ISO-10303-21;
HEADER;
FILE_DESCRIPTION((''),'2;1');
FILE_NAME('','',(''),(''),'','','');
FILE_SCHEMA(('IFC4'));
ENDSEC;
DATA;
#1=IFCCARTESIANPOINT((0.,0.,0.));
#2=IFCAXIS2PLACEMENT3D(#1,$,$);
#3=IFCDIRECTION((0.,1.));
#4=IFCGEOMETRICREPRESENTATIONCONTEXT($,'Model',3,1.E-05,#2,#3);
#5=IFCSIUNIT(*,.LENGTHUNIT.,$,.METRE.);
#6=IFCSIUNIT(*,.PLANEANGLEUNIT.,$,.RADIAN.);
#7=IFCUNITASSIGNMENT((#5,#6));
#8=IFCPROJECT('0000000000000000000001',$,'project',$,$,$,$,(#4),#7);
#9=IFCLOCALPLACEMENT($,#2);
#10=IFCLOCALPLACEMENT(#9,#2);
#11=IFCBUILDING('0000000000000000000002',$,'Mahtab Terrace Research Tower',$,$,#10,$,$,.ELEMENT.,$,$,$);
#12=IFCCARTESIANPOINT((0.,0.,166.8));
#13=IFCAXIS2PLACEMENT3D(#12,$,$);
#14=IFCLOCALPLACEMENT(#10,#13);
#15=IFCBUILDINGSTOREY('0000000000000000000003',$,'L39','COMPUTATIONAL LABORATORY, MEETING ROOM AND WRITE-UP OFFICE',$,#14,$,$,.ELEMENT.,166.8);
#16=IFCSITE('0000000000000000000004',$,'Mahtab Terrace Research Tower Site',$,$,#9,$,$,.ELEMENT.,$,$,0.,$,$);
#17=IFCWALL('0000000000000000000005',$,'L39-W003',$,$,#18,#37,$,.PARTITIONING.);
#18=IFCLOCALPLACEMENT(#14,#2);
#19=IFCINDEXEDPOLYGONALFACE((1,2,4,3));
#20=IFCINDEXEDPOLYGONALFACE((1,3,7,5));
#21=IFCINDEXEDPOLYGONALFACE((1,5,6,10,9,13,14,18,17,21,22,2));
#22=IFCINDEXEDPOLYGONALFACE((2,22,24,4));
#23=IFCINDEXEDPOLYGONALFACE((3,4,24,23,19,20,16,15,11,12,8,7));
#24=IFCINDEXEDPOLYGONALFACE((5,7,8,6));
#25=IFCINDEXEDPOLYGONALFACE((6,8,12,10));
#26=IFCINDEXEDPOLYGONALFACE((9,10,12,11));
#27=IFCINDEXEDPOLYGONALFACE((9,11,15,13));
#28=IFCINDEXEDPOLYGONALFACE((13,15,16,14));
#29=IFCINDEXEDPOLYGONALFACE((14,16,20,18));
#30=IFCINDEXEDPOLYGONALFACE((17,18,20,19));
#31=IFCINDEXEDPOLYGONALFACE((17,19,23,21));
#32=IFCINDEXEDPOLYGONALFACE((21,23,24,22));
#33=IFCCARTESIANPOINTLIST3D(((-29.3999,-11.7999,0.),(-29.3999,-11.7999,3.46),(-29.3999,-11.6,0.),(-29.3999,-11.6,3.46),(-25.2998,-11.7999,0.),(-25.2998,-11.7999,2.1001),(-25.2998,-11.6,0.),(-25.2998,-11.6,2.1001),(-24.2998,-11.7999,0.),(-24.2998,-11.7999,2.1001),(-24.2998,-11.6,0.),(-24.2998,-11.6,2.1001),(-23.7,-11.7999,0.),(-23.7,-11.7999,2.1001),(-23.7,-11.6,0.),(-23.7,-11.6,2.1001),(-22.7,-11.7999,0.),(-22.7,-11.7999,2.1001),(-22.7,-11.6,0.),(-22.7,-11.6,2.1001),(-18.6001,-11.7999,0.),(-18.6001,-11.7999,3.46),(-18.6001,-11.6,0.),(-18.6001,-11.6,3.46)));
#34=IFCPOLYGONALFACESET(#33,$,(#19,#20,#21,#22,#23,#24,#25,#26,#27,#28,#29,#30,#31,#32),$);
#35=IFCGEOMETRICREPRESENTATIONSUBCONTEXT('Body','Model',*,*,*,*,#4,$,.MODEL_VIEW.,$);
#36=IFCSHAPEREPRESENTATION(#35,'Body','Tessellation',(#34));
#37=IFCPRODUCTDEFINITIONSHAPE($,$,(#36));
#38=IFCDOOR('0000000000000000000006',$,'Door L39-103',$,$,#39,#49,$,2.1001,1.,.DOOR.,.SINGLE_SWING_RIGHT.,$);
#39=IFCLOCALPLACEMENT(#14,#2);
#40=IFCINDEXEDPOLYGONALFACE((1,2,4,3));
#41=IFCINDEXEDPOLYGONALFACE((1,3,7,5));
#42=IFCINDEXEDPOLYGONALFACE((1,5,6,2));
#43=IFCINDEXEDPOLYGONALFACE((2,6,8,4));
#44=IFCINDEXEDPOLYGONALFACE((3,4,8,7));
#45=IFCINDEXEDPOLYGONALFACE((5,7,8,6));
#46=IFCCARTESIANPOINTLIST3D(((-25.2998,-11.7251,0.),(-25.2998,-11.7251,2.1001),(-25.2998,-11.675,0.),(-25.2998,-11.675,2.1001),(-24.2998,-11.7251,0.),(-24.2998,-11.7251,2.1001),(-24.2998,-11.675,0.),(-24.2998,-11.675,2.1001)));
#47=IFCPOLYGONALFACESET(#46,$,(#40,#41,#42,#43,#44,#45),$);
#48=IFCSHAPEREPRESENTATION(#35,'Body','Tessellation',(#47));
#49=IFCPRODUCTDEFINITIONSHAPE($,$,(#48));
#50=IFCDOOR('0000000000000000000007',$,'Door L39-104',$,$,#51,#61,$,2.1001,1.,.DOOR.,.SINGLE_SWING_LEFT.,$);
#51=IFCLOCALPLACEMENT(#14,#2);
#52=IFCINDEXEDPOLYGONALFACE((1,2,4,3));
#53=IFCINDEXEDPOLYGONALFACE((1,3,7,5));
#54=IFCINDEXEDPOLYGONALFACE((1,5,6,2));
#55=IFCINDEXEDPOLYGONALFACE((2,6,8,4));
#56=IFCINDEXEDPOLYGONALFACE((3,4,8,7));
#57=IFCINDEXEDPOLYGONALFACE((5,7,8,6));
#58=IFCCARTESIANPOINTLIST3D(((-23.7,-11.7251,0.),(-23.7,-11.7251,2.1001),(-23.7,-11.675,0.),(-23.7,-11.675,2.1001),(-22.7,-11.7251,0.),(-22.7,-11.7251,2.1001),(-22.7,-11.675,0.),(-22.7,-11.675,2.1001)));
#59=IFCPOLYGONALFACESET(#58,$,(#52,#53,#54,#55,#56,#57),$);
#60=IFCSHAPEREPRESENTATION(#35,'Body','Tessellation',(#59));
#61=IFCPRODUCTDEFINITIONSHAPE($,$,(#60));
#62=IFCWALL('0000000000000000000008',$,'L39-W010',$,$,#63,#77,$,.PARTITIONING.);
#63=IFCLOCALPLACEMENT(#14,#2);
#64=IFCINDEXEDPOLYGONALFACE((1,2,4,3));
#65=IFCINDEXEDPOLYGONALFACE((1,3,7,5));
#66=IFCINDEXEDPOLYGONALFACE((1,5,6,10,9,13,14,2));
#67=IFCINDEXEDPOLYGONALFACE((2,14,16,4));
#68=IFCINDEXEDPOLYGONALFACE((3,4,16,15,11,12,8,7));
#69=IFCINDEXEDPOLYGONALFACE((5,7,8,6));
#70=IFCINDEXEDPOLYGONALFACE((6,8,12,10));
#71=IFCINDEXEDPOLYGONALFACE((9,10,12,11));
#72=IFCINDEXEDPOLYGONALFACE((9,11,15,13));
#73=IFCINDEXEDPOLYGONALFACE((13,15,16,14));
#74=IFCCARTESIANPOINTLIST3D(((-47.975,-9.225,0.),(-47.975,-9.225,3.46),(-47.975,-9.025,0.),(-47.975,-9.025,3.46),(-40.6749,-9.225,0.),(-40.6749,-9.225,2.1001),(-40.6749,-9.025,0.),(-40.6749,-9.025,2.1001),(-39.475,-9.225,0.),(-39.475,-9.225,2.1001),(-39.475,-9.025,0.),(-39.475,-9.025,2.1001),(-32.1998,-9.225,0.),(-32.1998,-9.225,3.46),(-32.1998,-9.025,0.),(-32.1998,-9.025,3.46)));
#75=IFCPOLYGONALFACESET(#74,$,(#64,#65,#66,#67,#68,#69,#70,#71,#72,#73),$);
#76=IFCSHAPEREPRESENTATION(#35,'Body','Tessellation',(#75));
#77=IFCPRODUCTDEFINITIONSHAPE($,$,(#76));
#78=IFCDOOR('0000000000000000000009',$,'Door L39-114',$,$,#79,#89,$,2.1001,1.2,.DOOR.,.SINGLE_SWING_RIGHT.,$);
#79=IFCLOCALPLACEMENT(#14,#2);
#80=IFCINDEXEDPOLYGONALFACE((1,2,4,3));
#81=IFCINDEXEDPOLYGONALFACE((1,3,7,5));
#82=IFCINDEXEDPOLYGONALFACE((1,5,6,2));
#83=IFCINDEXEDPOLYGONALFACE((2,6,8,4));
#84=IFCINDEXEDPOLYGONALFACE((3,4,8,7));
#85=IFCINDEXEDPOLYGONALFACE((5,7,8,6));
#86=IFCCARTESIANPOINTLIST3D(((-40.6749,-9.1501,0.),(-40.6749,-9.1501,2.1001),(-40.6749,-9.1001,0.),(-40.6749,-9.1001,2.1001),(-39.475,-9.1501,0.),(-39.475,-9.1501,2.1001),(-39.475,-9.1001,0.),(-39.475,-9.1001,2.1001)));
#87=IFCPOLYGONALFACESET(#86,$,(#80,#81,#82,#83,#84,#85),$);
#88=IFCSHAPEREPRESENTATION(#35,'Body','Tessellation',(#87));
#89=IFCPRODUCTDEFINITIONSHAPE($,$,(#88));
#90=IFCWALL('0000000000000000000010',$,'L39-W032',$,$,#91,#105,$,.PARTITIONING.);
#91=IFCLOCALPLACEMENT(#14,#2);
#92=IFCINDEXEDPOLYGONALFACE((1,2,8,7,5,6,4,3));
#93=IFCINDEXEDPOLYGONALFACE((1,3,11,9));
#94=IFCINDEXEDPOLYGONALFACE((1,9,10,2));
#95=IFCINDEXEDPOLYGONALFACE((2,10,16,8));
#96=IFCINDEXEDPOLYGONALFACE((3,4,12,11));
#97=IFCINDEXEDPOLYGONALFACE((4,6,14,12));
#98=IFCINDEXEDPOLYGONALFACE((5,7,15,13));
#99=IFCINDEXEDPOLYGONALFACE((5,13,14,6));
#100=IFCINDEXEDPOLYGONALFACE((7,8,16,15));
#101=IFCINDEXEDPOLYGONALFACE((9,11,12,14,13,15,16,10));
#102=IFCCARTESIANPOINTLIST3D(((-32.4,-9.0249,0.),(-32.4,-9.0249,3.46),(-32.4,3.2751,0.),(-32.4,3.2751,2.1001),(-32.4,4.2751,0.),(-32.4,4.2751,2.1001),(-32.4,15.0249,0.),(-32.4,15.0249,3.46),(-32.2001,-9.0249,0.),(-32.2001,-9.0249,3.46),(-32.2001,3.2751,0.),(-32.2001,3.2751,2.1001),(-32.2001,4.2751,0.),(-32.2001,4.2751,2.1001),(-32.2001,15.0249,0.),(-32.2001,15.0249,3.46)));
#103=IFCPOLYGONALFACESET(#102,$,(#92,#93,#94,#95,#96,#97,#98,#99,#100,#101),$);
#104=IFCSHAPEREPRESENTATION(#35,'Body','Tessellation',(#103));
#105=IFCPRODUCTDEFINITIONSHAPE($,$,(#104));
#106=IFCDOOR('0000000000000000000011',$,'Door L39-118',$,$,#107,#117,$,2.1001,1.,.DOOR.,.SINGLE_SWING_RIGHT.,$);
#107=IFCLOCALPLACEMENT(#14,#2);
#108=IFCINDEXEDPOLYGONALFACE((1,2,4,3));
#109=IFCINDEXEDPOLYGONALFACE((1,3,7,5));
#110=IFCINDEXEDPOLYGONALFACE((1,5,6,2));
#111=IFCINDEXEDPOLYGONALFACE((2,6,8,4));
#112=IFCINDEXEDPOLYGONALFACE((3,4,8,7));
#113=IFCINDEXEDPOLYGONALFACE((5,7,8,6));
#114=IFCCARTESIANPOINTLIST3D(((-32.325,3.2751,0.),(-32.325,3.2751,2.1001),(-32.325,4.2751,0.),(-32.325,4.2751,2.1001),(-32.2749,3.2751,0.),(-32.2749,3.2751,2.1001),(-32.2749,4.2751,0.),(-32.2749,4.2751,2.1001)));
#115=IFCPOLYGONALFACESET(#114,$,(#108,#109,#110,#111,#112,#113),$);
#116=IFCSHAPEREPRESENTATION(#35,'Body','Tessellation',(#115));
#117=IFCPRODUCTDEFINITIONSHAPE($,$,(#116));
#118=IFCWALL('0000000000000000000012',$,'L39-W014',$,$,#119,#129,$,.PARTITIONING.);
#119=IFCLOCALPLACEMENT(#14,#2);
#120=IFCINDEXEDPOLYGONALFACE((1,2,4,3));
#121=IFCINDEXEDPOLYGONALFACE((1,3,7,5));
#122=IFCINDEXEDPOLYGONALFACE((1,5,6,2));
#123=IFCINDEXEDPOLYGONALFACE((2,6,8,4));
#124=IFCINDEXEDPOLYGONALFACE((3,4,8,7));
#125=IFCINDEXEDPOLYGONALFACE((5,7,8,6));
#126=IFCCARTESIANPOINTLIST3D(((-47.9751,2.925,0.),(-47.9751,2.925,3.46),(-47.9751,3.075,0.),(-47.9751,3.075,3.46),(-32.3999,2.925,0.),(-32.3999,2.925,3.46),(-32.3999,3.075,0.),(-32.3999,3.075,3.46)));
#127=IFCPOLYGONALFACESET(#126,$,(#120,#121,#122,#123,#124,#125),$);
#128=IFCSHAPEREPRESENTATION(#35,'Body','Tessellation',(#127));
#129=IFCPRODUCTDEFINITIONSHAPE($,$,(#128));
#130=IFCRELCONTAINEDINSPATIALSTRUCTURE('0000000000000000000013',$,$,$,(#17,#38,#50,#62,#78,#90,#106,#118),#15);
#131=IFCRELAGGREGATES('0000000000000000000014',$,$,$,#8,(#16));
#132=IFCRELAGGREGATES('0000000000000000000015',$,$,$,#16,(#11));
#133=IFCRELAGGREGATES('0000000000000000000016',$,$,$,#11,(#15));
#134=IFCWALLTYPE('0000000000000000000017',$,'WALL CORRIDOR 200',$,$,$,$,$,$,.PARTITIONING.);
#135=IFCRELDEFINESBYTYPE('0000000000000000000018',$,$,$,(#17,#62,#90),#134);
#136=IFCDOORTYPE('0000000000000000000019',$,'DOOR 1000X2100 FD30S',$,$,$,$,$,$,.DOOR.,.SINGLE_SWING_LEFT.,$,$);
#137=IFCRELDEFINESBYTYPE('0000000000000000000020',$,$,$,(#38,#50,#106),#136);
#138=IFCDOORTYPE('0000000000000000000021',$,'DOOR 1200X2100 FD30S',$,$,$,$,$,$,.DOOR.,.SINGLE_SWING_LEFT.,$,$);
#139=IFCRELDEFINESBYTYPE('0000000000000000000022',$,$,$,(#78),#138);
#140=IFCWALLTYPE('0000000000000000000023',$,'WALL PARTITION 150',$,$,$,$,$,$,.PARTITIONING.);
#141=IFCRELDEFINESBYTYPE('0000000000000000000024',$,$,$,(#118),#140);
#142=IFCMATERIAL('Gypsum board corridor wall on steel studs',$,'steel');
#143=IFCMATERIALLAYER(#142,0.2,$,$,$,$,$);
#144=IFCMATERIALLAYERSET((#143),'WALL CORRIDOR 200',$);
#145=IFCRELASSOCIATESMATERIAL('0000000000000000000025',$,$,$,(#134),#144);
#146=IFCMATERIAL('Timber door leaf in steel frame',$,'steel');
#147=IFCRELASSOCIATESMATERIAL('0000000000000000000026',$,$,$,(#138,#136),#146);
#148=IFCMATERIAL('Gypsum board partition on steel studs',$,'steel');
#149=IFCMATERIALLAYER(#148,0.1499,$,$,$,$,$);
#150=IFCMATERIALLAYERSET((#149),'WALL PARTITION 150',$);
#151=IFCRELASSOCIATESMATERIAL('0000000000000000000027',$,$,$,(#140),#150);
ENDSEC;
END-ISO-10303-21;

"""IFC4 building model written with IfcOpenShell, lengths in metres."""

from ifc_helpers import new_model, si_unit, direction, frame, frame_2d, origin, place, context, subcontext, project, spatial, rectangle, extrude, material, layer, layer_set, type_object, element, fill, save


model = new_model("IFC4")

# Units and contexts
model_context = context("Model", 3, precision=1e-05, world=origin(), true_north=direction((0.0, 1.0)))
body_context = subcontext(model_context, "Body", "Model", "MODEL_VIEW")
ifc_project = project(units=[si_unit("LENGTHUNIT", "METRE"), si_unit("PLANEANGLEUNIT", "RADIAN")], contexts=[model_context])

# Site, building, storey
site_placement = place(None, origin())
site = spatial("IfcSite", under=ifc_project, at=site_placement, Name="Mahtab Terrace Research Tower Site", CompositionType="ELEMENT", RefElevation=0.0)
building_placement = place(site_placement, origin())
building = spatial("IfcBuilding", under=site, at=building_placement, Name="Mahtab Terrace Research Tower", CompositionType="ELEMENT")
storey_placement = place(building_placement, frame((0.0, 0.0, 166.8)))
storey = spatial("IfcBuildingStorey", under=building, at=storey_placement, Name="L39", Description="COMPUTATIONAL LABORATORY, MEETING ROOM AND WRITE-UP OFFICE", CompositionType="ELEMENT", Elevation=166.8)

# Shared definitions
ifc_material_1 = material(Name="Gypsum board corridor wall on steel studs", Category="steel")
ifc_layer_1 = layer(ifc_material_1, 0.2)
ifc_layer_set_1 = layer_set([ifc_layer_1], Name="WALL CORRIDOR 200")
wall_type_1 = type_object("IfcWallType", Name="WALL CORRIDOR 200", PredefinedType="PARTITIONING", material=ifc_layer_set_1)
ifc_material_2 = material(Name="Timber door leaf in steel frame", Category="steel")
door_type_1 = type_object("IfcDoorType", Name="DOOR 1200X2100 FD30S", OperationType="SINGLE_SWING_LEFT", PredefinedType="DOOR", material=ifc_material_2)
door_type_2 = type_object("IfcDoorType", Name="DOOR 1000X2100 FD30S", OperationType="SINGLE_SWING_LEFT", PredefinedType="DOOR", material=ifc_material_2)

# Wall, openings, doors
wall_1_placement = place(storey_placement, frame((-29.3999, -11.7, 0.0), z_axis=(0.0, 0.0, 1.0), x_axis=(1.0, 0.0, 0.0)))
wall_1 = element("IfcWall", 1, at=wall_1_placement, inside=storey, type_object=wall_type_1, Name="L39-W003", PredefinedType="PARTITIONING", context=body_context, shape_type="SweptSolid", body=[
    extrude(rectangle(XDim=10.7998, YDim=0.2, at=frame_2d((5.3999, 0.0))), origin(), (0.0, 0.0, 1.0), 3.46),
])
opening_1_placement = place(wall_1_placement, frame((4.1001, 0.0, 0.0)))
opening_1 = element("IfcOpeningElement", 2, at=opening_1_placement, cuts=wall_1, PredefinedType="OPENING", context=body_context, shape_type="SweptSolid", body=[
    extrude(rectangle(XDim=1.0, YDim=2.1001, at=frame_2d((0.5, 1.05))), frame((0.0, 0.1099, 0.0), z_axis=(0.0, -1.0, 0.0), x_axis=(1.0, 0.0, 0.0)), (0.0, 0.0, 1.0), 0.22),
])
opening_2_placement = place(wall_1_placement, frame((5.7, 0.0, 0.0)))
opening_2 = element("IfcOpeningElement", 3, at=opening_2_placement, cuts=wall_1, PredefinedType="OPENING", context=body_context, shape_type="SweptSolid", body=[
    extrude(rectangle(XDim=1.0, YDim=2.1001, at=frame_2d((0.5, 1.05))), frame((0.0, 0.1099, 0.0), z_axis=(0.0, -1.0, 0.0), x_axis=(1.0, 0.0, 0.0)), (0.0, 0.0, 1.0), 0.22),
])
door_1_placement = place(opening_1_placement, origin())
door_1 = element("IfcDoor", 4, at=door_1_placement, inside=storey, type_object=door_type_2, Name="Door L39-103", OperationType="SINGLE_SWING_RIGHT", OverallHeight=2.1001, OverallWidth=1.0, PredefinedType="DOOR", context=body_context, shape_type="SweptSolid", body=[
    extrude(rectangle(XDim=1.0, YDim=2.1001, at=frame_2d((0.5, 1.05))), frame((0.0, 0.0249, 0.0), z_axis=(0.0, -1.0, 0.0), x_axis=(1.0, 0.0, 0.0)), (0.0, 0.0, 1.0), 0.05),
])
fill(opening_1, door_1)
door_2_placement = place(opening_2_placement, origin())
door_2 = element("IfcDoor", 5, at=door_2_placement, inside=storey, type_object=door_type_2, Name="Door L39-104", OperationType="SINGLE_SWING_LEFT", OverallHeight=2.1001, OverallWidth=1.0, PredefinedType="DOOR", context=body_context, shape_type="SweptSolid", body=[
    extrude(rectangle(XDim=1.0, YDim=2.1001, at=frame_2d((0.5, 1.05))), frame((0.0, 0.0249, 0.0), z_axis=(0.0, -1.0, 0.0), x_axis=(1.0, 0.0, 0.0)), (0.0, 0.0, 1.0), 0.05),
])
fill(opening_2, door_2)

# Walls, openings, doors
wall_2_placement = place(storey_placement, frame((-47.9751, -9.125, 0.0), z_axis=(0.0, 0.0, 1.0), x_axis=(1.0, 0.0, 0.0)))
wall_2 = element("IfcWall", 6, at=wall_2_placement, inside=storey, type_object=wall_type_1, Name="L39-W010", PredefinedType="PARTITIONING", context=body_context, shape_type="SweptSolid", body=[
    extrude(rectangle(XDim=15.7751, YDim=0.2, at=frame_2d((7.8877, 0.0))), origin(), (0.0, 0.0, 1.0), 3.46),
])
opening_3_placement = place(wall_2_placement, frame((7.3, 0.0, 0.0)))
opening_3 = element("IfcOpeningElement", 7, at=opening_3_placement, cuts=wall_2, PredefinedType="OPENING", context=body_context, shape_type="SweptSolid", body=[
    extrude(rectangle(XDim=1.2, YDim=2.1001, at=frame_2d((0.6001, 1.05))), frame((0.0, 0.1099, 0.0), z_axis=(0.0, -1.0, 0.0), x_axis=(1.0, 0.0, 0.0)), (0.0, 0.0, 1.0), 0.22),
])
door_3_placement = place(opening_3_placement, origin())
door_3 = element("IfcDoor", 8, at=door_3_placement, inside=storey, type_object=door_type_1, Name="Door L39-114", OperationType="SINGLE_SWING_RIGHT", OverallHeight=2.1001, OverallWidth=1.2, PredefinedType="DOOR", context=body_context, shape_type="SweptSolid", body=[
    extrude(rectangle(XDim=1.2, YDim=2.1001, at=frame_2d((0.6001, 1.05))), frame((0.0, 0.0249, 0.0), z_axis=(0.0, -1.0, 0.0), x_axis=(1.0, 0.0, 0.0)), (0.0, 0.0, 1.0), 0.05),
])
fill(opening_3, door_3)
wall_3_placement = place(storey_placement, frame((-32.3, -9.0249, 0.0), z_axis=(0.0, 0.0, 1.0), x_axis=(0.0, 1.0, 0.0)))
wall_3 = element("IfcWall", 9, at=wall_3_placement, inside=storey, type_object=wall_type_1, Name="L39-W032", PredefinedType="PARTITIONING", context=body_context, shape_type="SweptSolid", body=[
    extrude(rectangle(XDim=24.0498, YDim=0.2, at=frame_2d((12.0249, 0.0))), origin(), (0.0, 0.0, 1.0), 3.46),
])
opening_4_placement = place(wall_3_placement, frame((12.3, 0.0, 0.0)))
opening_4 = element("IfcOpeningElement", 10, at=opening_4_placement, cuts=wall_3, PredefinedType="OPENING", context=body_context, shape_type="SweptSolid", body=[
    extrude(rectangle(XDim=1.0, YDim=2.1001, at=frame_2d((0.5, 1.05))), frame((0.0, 0.1099, 0.0), z_axis=(0.0, -1.0, 0.0), x_axis=(1.0, 0.0, 0.0)), (0.0, 0.0, 1.0), 0.22),
])
door_4_placement = place(opening_4_placement, origin())
door_4 = element("IfcDoor", 11, at=door_4_placement, inside=storey, type_object=door_type_2, Name="Door L39-118", OperationType="SINGLE_SWING_RIGHT", OverallHeight=2.1001, OverallWidth=1.0, PredefinedType="DOOR", context=body_context, shape_type="SweptSolid", body=[
    extrude(rectangle(XDim=1.0, YDim=2.1001, at=frame_2d((0.5, 1.05))), frame((0.0, 0.0249, 0.0), z_axis=(0.0, -1.0, 0.0), x_axis=(1.0, 0.0, 0.0)), (0.0, 0.0, 1.0), 0.05),
])
fill(opening_4, door_4)

# Wall
ifc_material_3 = material(Name="Gypsum board partition on steel studs", Category="steel")
ifc_layer_2 = layer(ifc_material_3, 0.1499)
ifc_layer_set_2 = layer_set([ifc_layer_2], Name="WALL PARTITION 150")
wall_type_2 = type_object("IfcWallType", Name="WALL PARTITION 150", PredefinedType="PARTITIONING", material=ifc_layer_set_2)
wall_4_placement = place(storey_placement, frame((-47.9751, 3.0, 0.0), z_axis=(0.0, 0.0, 1.0), x_axis=(1.0, 0.0, 0.0)))
element("IfcWall", 12, at=wall_4_placement, inside=storey, type_object=wall_type_2, Name="L39-W014", PredefinedType="PARTITIONING", context=body_context, shape_type="SweptSolid", body=[
    extrude(rectangle(XDim=15.5752, YDim=0.1499, at=frame_2d((7.7876, 0.0))), origin(), (0.0, 0.0, 1.0), 3.46),
])

save(model, "model.ifc")
